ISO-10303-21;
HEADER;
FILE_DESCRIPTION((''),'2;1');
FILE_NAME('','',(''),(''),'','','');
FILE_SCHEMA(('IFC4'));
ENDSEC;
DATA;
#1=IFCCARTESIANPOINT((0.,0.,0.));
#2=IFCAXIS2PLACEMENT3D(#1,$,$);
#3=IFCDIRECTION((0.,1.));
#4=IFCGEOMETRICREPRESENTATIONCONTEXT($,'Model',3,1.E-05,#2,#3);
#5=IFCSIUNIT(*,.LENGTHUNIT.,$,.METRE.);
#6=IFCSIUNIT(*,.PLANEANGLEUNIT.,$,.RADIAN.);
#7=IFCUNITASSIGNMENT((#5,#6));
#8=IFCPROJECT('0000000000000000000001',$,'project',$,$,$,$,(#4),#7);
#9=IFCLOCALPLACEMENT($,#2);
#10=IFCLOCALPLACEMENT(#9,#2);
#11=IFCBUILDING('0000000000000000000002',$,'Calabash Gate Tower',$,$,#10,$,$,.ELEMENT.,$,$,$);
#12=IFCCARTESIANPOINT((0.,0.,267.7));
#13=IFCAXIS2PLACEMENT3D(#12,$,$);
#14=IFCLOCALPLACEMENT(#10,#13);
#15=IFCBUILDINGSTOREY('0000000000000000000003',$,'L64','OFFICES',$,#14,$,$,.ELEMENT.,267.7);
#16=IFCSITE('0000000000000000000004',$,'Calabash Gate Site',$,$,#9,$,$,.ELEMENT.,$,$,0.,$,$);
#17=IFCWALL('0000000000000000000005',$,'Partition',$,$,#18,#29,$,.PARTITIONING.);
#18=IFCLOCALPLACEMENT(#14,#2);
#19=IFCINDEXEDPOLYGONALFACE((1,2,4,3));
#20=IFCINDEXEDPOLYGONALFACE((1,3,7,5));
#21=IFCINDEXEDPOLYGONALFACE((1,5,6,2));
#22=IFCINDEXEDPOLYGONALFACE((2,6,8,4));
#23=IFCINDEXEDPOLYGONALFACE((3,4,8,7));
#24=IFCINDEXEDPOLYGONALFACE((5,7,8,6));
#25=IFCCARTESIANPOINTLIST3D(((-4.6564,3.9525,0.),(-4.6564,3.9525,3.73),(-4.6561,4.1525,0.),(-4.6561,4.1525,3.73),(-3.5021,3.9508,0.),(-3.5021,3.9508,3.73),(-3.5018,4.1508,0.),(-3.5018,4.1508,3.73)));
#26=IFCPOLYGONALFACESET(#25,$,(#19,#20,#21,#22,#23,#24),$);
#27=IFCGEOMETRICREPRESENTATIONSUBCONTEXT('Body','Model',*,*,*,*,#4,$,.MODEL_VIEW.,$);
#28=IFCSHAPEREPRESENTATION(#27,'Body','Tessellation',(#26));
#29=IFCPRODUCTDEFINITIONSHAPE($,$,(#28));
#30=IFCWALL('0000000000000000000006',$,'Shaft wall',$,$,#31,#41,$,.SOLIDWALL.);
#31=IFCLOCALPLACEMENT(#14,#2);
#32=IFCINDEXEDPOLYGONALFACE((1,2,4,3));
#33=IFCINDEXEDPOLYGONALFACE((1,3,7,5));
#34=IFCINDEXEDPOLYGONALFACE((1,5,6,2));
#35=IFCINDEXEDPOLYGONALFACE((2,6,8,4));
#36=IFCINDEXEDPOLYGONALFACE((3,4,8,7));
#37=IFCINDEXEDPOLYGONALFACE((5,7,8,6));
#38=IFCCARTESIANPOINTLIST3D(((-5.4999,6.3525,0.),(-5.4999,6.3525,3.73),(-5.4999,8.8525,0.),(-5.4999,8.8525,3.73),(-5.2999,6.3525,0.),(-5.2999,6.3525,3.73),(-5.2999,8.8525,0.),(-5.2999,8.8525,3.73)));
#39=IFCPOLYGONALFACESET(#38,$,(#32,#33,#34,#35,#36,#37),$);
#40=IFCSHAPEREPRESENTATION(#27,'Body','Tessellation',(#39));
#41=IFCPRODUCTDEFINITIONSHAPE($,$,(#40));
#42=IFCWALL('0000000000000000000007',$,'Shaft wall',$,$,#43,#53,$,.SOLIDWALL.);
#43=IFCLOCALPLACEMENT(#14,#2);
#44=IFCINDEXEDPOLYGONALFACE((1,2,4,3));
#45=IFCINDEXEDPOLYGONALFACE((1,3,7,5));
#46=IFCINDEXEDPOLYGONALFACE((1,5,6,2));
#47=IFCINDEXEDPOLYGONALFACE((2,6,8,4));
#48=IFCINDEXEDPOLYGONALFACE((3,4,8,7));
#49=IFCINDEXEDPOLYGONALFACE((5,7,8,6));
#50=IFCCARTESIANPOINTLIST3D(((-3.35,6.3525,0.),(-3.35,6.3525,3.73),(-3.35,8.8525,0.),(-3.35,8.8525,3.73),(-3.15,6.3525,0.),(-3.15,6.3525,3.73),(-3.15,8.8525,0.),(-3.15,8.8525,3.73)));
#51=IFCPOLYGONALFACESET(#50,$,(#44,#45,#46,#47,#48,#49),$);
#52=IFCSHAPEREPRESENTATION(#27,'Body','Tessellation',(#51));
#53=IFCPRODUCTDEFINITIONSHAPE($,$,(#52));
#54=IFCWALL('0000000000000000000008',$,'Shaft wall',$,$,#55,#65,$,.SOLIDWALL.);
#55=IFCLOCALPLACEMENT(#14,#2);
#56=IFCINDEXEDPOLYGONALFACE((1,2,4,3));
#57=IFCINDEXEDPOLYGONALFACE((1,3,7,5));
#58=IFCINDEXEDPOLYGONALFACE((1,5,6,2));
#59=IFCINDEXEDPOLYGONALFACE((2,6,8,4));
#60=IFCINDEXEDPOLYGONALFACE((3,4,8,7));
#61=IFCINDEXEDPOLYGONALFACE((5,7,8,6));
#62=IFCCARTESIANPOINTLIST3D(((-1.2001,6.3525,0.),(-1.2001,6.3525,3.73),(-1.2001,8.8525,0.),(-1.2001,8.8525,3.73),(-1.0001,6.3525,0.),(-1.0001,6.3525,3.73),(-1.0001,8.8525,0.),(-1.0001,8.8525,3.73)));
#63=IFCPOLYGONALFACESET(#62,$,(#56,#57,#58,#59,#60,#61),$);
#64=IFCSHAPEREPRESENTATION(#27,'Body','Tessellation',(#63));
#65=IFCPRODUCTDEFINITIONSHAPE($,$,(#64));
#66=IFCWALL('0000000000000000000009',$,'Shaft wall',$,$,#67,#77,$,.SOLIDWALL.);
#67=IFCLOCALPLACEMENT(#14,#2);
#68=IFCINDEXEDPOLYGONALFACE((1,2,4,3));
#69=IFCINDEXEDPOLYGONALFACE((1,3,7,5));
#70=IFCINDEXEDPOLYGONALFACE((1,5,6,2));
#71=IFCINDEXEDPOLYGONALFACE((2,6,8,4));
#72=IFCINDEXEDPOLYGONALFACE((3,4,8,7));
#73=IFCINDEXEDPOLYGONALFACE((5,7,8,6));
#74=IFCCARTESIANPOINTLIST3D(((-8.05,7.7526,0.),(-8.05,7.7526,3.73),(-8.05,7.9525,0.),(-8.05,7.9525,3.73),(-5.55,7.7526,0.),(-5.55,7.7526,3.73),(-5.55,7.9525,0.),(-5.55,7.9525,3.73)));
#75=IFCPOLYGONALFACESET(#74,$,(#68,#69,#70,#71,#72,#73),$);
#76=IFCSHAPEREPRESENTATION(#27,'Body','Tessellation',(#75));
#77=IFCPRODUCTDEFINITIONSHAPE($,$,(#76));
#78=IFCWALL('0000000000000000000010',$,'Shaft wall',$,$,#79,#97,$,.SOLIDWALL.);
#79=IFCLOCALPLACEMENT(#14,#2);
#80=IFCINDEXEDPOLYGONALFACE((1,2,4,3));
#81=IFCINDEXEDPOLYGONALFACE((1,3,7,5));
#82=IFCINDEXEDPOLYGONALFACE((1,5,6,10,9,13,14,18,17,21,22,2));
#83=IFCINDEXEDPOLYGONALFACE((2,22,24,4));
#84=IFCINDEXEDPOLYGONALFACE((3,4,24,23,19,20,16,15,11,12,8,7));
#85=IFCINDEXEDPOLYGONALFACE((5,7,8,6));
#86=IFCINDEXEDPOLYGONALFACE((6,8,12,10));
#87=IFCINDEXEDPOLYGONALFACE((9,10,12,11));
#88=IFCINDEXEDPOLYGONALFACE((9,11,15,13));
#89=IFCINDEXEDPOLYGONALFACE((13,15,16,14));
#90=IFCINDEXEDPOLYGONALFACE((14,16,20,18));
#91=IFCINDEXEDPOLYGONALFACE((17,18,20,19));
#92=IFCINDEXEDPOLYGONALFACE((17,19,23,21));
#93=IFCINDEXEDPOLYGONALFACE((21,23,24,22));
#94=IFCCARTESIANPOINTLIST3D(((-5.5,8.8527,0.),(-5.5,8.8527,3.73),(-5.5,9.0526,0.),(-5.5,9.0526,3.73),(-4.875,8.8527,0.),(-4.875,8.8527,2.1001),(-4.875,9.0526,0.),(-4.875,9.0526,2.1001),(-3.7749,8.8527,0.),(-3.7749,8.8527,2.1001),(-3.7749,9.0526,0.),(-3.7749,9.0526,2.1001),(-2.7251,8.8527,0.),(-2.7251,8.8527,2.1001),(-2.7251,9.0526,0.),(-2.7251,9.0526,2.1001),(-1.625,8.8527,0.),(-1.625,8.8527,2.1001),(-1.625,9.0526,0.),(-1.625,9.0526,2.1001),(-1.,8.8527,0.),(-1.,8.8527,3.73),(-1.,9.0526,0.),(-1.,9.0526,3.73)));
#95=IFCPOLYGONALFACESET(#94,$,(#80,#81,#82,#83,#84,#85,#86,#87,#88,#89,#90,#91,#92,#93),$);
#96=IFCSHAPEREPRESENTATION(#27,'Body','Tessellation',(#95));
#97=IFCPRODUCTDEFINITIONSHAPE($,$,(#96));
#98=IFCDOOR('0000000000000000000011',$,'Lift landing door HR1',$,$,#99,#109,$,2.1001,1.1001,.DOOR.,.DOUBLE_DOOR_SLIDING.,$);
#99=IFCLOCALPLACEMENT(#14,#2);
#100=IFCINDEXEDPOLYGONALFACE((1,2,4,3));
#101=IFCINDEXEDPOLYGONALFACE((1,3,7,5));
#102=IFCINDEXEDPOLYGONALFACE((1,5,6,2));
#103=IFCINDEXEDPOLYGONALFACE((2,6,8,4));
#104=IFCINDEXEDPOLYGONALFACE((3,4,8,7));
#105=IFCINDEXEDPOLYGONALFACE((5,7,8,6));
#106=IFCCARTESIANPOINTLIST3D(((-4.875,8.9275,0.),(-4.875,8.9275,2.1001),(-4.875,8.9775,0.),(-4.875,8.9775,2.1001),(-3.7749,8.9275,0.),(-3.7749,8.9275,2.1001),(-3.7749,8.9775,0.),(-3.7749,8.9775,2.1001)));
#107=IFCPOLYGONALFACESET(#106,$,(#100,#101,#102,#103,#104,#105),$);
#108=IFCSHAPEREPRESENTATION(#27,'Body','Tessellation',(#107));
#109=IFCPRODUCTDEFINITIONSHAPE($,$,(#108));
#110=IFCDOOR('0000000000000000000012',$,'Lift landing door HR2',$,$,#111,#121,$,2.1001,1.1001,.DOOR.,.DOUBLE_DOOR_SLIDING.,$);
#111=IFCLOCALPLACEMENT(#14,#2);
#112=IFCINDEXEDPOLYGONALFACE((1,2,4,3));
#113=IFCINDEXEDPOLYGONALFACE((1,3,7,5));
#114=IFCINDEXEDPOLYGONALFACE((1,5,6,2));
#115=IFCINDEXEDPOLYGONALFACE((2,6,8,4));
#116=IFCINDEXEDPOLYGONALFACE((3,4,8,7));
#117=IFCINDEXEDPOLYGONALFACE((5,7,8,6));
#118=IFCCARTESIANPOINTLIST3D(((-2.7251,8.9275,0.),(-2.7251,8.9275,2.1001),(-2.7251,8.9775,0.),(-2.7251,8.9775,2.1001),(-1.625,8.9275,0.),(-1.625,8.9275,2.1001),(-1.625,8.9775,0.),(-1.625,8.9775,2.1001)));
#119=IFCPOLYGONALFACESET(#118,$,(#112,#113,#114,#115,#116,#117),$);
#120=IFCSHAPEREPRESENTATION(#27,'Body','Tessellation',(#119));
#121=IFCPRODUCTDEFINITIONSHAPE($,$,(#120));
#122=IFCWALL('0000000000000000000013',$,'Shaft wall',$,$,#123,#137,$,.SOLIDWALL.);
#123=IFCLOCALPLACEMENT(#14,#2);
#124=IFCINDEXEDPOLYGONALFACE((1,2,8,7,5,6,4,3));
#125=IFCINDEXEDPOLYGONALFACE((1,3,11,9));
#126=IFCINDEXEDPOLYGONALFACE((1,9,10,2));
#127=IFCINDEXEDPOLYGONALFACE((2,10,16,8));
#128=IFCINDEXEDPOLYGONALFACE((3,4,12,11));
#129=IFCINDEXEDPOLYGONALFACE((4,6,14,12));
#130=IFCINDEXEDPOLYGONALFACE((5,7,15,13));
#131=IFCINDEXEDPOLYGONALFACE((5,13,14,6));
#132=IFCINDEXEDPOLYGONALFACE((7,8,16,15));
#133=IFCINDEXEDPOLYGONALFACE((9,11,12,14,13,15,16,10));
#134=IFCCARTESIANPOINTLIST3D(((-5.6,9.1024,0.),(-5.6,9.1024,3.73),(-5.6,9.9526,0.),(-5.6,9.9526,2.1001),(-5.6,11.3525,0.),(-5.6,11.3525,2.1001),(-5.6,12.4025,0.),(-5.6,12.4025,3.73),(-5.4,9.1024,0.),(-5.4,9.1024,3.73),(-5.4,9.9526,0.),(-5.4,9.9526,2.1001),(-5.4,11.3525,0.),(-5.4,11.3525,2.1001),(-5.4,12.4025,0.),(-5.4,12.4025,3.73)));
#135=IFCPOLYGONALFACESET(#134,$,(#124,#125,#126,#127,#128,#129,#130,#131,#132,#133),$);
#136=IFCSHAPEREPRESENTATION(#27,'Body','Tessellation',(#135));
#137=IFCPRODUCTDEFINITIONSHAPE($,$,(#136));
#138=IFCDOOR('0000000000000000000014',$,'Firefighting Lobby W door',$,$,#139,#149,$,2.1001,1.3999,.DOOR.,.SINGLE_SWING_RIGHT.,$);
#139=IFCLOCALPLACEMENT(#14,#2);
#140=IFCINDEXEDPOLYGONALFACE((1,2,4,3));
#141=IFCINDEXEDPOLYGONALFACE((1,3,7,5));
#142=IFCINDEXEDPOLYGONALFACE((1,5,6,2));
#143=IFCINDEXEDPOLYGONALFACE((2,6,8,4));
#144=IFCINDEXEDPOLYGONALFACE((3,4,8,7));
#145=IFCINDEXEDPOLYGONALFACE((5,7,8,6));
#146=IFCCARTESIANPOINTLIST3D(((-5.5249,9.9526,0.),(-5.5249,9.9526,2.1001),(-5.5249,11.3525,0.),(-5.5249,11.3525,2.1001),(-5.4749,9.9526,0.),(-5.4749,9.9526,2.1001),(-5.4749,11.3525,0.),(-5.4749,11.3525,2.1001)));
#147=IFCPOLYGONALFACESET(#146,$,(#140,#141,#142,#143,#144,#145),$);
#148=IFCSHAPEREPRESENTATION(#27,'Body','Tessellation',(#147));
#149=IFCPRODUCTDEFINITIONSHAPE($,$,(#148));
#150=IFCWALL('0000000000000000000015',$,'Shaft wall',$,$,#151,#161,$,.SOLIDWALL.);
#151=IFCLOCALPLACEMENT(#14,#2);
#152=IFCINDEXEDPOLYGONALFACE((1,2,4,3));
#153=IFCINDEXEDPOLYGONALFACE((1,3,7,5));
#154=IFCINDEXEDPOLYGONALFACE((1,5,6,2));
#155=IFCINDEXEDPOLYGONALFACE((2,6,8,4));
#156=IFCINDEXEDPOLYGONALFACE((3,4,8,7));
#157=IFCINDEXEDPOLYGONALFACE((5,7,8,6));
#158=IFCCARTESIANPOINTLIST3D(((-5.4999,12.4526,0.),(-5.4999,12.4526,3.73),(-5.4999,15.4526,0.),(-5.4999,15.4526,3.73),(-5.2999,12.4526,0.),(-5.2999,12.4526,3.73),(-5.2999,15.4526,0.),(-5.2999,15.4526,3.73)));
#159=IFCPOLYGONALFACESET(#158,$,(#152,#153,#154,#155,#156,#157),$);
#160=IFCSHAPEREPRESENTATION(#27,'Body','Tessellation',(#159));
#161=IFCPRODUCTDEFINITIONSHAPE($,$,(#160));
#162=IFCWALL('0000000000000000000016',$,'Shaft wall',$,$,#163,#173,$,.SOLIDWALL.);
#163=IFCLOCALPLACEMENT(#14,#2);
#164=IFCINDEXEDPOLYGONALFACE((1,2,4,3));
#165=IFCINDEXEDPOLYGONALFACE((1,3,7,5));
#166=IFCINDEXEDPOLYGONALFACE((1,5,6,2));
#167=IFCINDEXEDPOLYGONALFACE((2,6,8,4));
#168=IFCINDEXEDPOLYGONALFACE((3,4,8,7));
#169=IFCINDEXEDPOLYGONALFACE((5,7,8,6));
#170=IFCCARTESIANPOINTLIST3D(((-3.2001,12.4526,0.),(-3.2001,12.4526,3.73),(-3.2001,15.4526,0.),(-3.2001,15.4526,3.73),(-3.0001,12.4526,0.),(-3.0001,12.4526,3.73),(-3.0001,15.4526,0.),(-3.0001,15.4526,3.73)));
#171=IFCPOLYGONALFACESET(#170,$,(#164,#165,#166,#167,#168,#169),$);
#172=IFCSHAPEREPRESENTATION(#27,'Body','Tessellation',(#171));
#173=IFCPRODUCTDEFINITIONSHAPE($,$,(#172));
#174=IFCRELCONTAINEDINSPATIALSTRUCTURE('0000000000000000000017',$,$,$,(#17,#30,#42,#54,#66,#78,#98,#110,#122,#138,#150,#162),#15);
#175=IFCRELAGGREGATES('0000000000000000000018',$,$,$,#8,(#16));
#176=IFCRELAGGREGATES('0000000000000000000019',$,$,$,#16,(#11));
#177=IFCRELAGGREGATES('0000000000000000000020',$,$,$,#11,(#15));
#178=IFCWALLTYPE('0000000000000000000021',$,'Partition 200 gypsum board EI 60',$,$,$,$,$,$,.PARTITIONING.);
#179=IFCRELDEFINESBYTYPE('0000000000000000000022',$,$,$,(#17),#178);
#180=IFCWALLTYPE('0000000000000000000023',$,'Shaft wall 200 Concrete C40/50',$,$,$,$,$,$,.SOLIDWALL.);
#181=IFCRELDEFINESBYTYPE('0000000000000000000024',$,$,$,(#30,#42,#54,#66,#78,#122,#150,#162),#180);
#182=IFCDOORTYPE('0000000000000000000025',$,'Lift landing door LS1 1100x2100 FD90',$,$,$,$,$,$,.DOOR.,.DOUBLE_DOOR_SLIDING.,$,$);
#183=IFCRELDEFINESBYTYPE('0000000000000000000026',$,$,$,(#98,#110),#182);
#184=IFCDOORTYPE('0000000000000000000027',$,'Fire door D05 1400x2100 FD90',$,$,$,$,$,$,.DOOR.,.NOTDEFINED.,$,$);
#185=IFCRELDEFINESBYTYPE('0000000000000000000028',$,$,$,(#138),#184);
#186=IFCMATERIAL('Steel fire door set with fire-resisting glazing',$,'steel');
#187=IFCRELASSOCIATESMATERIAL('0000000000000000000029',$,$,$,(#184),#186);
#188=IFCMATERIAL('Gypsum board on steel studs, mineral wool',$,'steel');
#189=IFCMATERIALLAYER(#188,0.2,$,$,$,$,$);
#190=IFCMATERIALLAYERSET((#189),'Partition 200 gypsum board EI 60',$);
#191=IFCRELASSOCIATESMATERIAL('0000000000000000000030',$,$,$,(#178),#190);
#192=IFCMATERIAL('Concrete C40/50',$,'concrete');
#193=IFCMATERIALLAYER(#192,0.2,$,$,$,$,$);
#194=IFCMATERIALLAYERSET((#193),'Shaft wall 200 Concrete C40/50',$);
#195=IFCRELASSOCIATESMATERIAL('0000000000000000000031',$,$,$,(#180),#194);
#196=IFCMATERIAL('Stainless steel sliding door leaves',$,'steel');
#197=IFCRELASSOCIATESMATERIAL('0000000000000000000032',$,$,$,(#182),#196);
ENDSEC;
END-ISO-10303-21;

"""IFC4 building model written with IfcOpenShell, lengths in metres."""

from ifc_helpers import new_model, si_unit, direction, frame, frame_2d, origin, place, context, subcontext, project, spatial, rectangle, extrude, material, layer, layer_set, type_object, element, fill, save


model = new_model("IFC4")

# Units and contexts
model_context = context("Model", 3, precision=1e-05, world=origin(), true_north=direction((0.0, 1.0)))
body_context = subcontext(model_context, "Body", "Model", "MODEL_VIEW")
ifc_project = project(units=[si_unit("LENGTHUNIT", "METRE"), si_unit("PLANEANGLEUNIT", "RADIAN")], contexts=[model_context])

# Site, building, storey
site_placement = place(None, origin())
site = spatial("IfcSite", under=ifc_project, at=site_placement, Name="Calabash Gate Site", CompositionType="ELEMENT", RefElevation=0.0)
building_placement = place(site_placement, origin())
building = spatial("IfcBuilding", under=site, at=building_placement, Name="Calabash Gate Tower", CompositionType="ELEMENT")
storey_placement = place(building_placement, frame((0.0, 0.0, 267.7)))
storey = spatial("IfcBuildingStorey", under=building, at=storey_placement, Name="L64", Description="OFFICES", CompositionType="ELEMENT", Elevation=267.7)

# Shared definitions
ifc_material_1 = material(Name="Steel fire door set with fire-resisting glazing", Category="steel")
door_type_1 = type_object("IfcDoorType", Name="Fire door D05 1400x2100 FD90", OperationType="NOTDEFINED", PredefinedType="DOOR", material=ifc_material_1)

# Walls
ifc_material_2 = material(Name="Gypsum board on steel studs, mineral wool", Category="steel")
ifc_layer_1 = layer(ifc_material_2, 0.2)
ifc_layer_set_1 = layer_set([ifc_layer_1], Name="Partition 200 gypsum board EI 60")
wall_type_1 = type_object("IfcWallType", Name="Partition 200 gypsum board EI 60", PredefinedType="PARTITIONING", material=ifc_layer_set_1)
wall_1_placement = place(storey_placement, frame((-4.6562, 4.0525, 0.0), z_axis=(0.0, 0.0, 1.0), x_axis=(0.999999, -0.001481, 0.0)))
element("IfcWall", 1, at=wall_1_placement, inside=storey, type_object=wall_type_1, Name="Partition", PredefinedType="PARTITIONING", context=body_context, shape_type="SweptSolid", body=[
    extrude(rectangle(XDim=1.1543, YDim=0.2, at=frame_2d((0.5771, 0.0))), origin(), (0.0, 0.0, 1.0), 3.73),
])
ifc_material_3 = material(Name="Concrete C40/50", Category="concrete")
ifc_layer_2 = layer(ifc_material_3, 0.2)
ifc_layer_set_2 = layer_set([ifc_layer_2], Name="Shaft wall 200 Concrete C40/50")
wall_type_2 = type_object("IfcWallType", Name="Shaft wall 200 Concrete C40/50", PredefinedType="SOLIDWALL", material=ifc_layer_set_2)
for number, where, z_axis, x_axis, name in (
    (2, (-5.3999, 6.3525, 0.0), (0.0, 0.0, 1.0), (0.0, 1.0, 0.0), "Shaft wall"),
    (3, (-3.25, 6.3525, 0.0), (0.0, 0.0, 1.0), (0.0, 1.0, 0.0), "Shaft wall"),
    (4, (-1.1001, 6.3525, 0.0), (0.0, 0.0, 1.0), (0.0, 1.0, 0.0), "Shaft wall"),
    (5, (-8.05, 7.8525, 0.0), (0.0, 0.0, 1.0), (1.0, 0.0, 0.0), "Shaft wall"),
):
    element("IfcWall", number, at=place(storey_placement, frame(where, z_axis=z_axis, x_axis=x_axis)), inside=storey, type_object=wall_type_2, Name=name, PredefinedType="SOLIDWALL", context=body_context, shape_type="SweptSolid", body=[
        extrude(rectangle(XDim=2.5, YDim=0.2, at=frame_2d((1.25, 0.0))), origin(), (0.0, 0.0, 1.0), 3.73),
    ])

# Wall, openings, doors
wall_2_placement = place(storey_placement, frame((-5.5, 8.9526, 0.0), z_axis=(0.0, 0.0, 1.0), x_axis=(1.0, 0.0, 0.0)))
wall_2 = element("IfcWall", 6, at=wall_2_placement, inside=storey, type_object=wall_type_2, Name="Shaft wall", PredefinedType="SOLIDWALL", context=body_context, shape_type="SweptSolid", body=[
    extrude(rectangle(XDim=4.5, YDim=0.2, at=frame_2d((2.25, 0.0))), origin(), (0.0, 0.0, 1.0), 3.73),
])
opening_1_placement = place(wall_2_placement, frame((0.625, 0.0, 0.0)))
opening_1 = element("IfcOpeningElement", 7, at=opening_1_placement, cuts=wall_2, PredefinedType="OPENING", context=body_context, shape_type="SweptSolid", body=[
    extrude(rectangle(XDim=1.1001, YDim=2.1001, at=frame_2d((0.55, 1.05))), frame((0.0, 0.1099, 0.0), z_axis=(0.0, -1.0, 0.0), x_axis=(1.0, 0.0, 0.0)), (0.0, 0.0, 1.0), 0.22),
])
opening_2_placement = place(wall_2_placement, frame((2.7749, 0.0, 0.0)))
opening_2 = element("IfcOpeningElement", 8, at=opening_2_placement, cuts=wall_2, PredefinedType="OPENING", context=body_context, shape_type="SweptSolid", body=[
    extrude(rectangle(XDim=1.1001, YDim=2.1001, at=frame_2d((0.55, 1.05))), frame((0.0, 0.1099, 0.0), z_axis=(0.0, -1.0, 0.0), x_axis=(1.0, 0.0, 0.0)), (0.0, 0.0, 1.0), 0.22),
])
ifc_material_4 = material(Name="Stainless steel sliding door leaves", Category="steel")
door_type_2 = type_object("IfcDoorType", Name="Lift landing door LS1 1100x2100 FD90", OperationType="DOUBLE_DOOR_SLIDING", PredefinedType="DOOR", material=ifc_material_4)
door_1_placement = place(opening_1_placement, origin())
door_1 = element("IfcDoor", 9, at=door_1_placement, inside=storey, type_object=door_type_2, Name="Lift landing door HR1", OperationType="DOUBLE_DOOR_SLIDING", OverallHeight=2.1001, OverallWidth=1.1001, PredefinedType="DOOR", context=body_context, shape_type="SweptSolid", body=[
    extrude(rectangle(XDim=1.1001, YDim=2.1001, at=frame_2d((0.55, 1.05))), frame((0.0, 0.0249, 0.0), z_axis=(0.0, -1.0, 0.0), x_axis=(1.0, 0.0, 0.0)), (0.0, 0.0, 1.0), 0.05),
])
fill(opening_1, door_1)
door_2_placement = place(opening_2_placement, origin())
door_2 = element("IfcDoor", 10, at=door_2_placement, inside=storey, type_object=door_type_2, Name="Lift landing door HR2", OperationType="DOUBLE_DOOR_SLIDING", OverallHeight=2.1001, OverallWidth=1.1001, PredefinedType="DOOR", context=body_context, shape_type="SweptSolid", body=[
    extrude(rectangle(XDim=1.1001, YDim=2.1001, at=frame_2d((0.55, 1.05))), frame((0.0, 0.0249, 0.0), z_axis=(0.0, -1.0, 0.0), x_axis=(1.0, 0.0, 0.0)), (0.0, 0.0, 1.0), 0.05),
])
fill(opening_2, door_2)

# Wall, opening, door
wall_3_placement = place(storey_placement, frame((-5.5, 9.1025, 0.0), z_axis=(0.0, 0.0, 1.0), x_axis=(0.0, 1.0, 0.0)))
wall_3 = element("IfcWall", 11, at=wall_3_placement, inside=storey, type_object=wall_type_2, Name="Shaft wall", PredefinedType="SOLIDWALL", context=body_context, shape_type="SweptSolid", body=[
    extrude(rectangle(XDim=3.3, YDim=0.2, at=frame_2d((1.6499, 0.0))), origin(), (0.0, 0.0, 1.0), 3.73),
])
opening_3_placement = place(wall_3_placement, frame((0.8501, 0.0, 0.0)))
opening_3 = element("IfcOpeningElement", 12, at=opening_3_placement, cuts=wall_3, PredefinedType="OPENING", context=body_context, shape_type="SweptSolid", body=[
    extrude(rectangle(XDim=1.3999, YDim=2.1001, at=frame_2d((0.7, 1.05))), frame((0.0, 0.1099, 0.0), z_axis=(0.0, -1.0, 0.0), x_axis=(1.0, 0.0, 0.0)), (0.0, 0.0, 1.0), 0.22),
])
door_3_placement = place(opening_3_placement, origin())
door_3 = element("IfcDoor", 13, at=door_3_placement, inside=storey, type_object=door_type_1, Name="Firefighting Lobby W door", OperationType="SINGLE_SWING_RIGHT", OverallHeight=2.1001, OverallWidth=1.3999, PredefinedType="DOOR", context=body_context, shape_type="SweptSolid", body=[
    extrude(rectangle(XDim=1.3999, YDim=2.1001, at=frame_2d((0.7, 1.05))), frame((0.0, 0.0249, 0.0), z_axis=(0.0, -1.0, 0.0), x_axis=(1.0, 0.0, 0.0)), (0.0, 0.0, 1.0), 0.05),
])
fill(opening_3, door_3)

# Walls
for number, where, z_axis, x_axis, name in (
    (14, (-5.3999, 12.4526, 0.0), (0.0, 0.0, 1.0), (0.0, 1.0, 0.0), "Shaft wall"),
    (15, (-3.1001, 12.4526, 0.0), (0.0, 0.0, 1.0), (0.0, 1.0, 0.0), "Shaft wall"),
):
    element("IfcWall", number, at=place(storey_placement, frame(where, z_axis=z_axis, x_axis=x_axis)), inside=storey, type_object=wall_type_2, Name=name, PredefinedType="SOLIDWALL", context=body_context, shape_type="SweptSolid", body=[
        extrude(rectangle(XDim=3.0, YDim=0.2, at=frame_2d((1.5, 0.0))), origin(), (0.0, 0.0, 1.0), 3.73),
    ])

save(model, "model.ifc")
